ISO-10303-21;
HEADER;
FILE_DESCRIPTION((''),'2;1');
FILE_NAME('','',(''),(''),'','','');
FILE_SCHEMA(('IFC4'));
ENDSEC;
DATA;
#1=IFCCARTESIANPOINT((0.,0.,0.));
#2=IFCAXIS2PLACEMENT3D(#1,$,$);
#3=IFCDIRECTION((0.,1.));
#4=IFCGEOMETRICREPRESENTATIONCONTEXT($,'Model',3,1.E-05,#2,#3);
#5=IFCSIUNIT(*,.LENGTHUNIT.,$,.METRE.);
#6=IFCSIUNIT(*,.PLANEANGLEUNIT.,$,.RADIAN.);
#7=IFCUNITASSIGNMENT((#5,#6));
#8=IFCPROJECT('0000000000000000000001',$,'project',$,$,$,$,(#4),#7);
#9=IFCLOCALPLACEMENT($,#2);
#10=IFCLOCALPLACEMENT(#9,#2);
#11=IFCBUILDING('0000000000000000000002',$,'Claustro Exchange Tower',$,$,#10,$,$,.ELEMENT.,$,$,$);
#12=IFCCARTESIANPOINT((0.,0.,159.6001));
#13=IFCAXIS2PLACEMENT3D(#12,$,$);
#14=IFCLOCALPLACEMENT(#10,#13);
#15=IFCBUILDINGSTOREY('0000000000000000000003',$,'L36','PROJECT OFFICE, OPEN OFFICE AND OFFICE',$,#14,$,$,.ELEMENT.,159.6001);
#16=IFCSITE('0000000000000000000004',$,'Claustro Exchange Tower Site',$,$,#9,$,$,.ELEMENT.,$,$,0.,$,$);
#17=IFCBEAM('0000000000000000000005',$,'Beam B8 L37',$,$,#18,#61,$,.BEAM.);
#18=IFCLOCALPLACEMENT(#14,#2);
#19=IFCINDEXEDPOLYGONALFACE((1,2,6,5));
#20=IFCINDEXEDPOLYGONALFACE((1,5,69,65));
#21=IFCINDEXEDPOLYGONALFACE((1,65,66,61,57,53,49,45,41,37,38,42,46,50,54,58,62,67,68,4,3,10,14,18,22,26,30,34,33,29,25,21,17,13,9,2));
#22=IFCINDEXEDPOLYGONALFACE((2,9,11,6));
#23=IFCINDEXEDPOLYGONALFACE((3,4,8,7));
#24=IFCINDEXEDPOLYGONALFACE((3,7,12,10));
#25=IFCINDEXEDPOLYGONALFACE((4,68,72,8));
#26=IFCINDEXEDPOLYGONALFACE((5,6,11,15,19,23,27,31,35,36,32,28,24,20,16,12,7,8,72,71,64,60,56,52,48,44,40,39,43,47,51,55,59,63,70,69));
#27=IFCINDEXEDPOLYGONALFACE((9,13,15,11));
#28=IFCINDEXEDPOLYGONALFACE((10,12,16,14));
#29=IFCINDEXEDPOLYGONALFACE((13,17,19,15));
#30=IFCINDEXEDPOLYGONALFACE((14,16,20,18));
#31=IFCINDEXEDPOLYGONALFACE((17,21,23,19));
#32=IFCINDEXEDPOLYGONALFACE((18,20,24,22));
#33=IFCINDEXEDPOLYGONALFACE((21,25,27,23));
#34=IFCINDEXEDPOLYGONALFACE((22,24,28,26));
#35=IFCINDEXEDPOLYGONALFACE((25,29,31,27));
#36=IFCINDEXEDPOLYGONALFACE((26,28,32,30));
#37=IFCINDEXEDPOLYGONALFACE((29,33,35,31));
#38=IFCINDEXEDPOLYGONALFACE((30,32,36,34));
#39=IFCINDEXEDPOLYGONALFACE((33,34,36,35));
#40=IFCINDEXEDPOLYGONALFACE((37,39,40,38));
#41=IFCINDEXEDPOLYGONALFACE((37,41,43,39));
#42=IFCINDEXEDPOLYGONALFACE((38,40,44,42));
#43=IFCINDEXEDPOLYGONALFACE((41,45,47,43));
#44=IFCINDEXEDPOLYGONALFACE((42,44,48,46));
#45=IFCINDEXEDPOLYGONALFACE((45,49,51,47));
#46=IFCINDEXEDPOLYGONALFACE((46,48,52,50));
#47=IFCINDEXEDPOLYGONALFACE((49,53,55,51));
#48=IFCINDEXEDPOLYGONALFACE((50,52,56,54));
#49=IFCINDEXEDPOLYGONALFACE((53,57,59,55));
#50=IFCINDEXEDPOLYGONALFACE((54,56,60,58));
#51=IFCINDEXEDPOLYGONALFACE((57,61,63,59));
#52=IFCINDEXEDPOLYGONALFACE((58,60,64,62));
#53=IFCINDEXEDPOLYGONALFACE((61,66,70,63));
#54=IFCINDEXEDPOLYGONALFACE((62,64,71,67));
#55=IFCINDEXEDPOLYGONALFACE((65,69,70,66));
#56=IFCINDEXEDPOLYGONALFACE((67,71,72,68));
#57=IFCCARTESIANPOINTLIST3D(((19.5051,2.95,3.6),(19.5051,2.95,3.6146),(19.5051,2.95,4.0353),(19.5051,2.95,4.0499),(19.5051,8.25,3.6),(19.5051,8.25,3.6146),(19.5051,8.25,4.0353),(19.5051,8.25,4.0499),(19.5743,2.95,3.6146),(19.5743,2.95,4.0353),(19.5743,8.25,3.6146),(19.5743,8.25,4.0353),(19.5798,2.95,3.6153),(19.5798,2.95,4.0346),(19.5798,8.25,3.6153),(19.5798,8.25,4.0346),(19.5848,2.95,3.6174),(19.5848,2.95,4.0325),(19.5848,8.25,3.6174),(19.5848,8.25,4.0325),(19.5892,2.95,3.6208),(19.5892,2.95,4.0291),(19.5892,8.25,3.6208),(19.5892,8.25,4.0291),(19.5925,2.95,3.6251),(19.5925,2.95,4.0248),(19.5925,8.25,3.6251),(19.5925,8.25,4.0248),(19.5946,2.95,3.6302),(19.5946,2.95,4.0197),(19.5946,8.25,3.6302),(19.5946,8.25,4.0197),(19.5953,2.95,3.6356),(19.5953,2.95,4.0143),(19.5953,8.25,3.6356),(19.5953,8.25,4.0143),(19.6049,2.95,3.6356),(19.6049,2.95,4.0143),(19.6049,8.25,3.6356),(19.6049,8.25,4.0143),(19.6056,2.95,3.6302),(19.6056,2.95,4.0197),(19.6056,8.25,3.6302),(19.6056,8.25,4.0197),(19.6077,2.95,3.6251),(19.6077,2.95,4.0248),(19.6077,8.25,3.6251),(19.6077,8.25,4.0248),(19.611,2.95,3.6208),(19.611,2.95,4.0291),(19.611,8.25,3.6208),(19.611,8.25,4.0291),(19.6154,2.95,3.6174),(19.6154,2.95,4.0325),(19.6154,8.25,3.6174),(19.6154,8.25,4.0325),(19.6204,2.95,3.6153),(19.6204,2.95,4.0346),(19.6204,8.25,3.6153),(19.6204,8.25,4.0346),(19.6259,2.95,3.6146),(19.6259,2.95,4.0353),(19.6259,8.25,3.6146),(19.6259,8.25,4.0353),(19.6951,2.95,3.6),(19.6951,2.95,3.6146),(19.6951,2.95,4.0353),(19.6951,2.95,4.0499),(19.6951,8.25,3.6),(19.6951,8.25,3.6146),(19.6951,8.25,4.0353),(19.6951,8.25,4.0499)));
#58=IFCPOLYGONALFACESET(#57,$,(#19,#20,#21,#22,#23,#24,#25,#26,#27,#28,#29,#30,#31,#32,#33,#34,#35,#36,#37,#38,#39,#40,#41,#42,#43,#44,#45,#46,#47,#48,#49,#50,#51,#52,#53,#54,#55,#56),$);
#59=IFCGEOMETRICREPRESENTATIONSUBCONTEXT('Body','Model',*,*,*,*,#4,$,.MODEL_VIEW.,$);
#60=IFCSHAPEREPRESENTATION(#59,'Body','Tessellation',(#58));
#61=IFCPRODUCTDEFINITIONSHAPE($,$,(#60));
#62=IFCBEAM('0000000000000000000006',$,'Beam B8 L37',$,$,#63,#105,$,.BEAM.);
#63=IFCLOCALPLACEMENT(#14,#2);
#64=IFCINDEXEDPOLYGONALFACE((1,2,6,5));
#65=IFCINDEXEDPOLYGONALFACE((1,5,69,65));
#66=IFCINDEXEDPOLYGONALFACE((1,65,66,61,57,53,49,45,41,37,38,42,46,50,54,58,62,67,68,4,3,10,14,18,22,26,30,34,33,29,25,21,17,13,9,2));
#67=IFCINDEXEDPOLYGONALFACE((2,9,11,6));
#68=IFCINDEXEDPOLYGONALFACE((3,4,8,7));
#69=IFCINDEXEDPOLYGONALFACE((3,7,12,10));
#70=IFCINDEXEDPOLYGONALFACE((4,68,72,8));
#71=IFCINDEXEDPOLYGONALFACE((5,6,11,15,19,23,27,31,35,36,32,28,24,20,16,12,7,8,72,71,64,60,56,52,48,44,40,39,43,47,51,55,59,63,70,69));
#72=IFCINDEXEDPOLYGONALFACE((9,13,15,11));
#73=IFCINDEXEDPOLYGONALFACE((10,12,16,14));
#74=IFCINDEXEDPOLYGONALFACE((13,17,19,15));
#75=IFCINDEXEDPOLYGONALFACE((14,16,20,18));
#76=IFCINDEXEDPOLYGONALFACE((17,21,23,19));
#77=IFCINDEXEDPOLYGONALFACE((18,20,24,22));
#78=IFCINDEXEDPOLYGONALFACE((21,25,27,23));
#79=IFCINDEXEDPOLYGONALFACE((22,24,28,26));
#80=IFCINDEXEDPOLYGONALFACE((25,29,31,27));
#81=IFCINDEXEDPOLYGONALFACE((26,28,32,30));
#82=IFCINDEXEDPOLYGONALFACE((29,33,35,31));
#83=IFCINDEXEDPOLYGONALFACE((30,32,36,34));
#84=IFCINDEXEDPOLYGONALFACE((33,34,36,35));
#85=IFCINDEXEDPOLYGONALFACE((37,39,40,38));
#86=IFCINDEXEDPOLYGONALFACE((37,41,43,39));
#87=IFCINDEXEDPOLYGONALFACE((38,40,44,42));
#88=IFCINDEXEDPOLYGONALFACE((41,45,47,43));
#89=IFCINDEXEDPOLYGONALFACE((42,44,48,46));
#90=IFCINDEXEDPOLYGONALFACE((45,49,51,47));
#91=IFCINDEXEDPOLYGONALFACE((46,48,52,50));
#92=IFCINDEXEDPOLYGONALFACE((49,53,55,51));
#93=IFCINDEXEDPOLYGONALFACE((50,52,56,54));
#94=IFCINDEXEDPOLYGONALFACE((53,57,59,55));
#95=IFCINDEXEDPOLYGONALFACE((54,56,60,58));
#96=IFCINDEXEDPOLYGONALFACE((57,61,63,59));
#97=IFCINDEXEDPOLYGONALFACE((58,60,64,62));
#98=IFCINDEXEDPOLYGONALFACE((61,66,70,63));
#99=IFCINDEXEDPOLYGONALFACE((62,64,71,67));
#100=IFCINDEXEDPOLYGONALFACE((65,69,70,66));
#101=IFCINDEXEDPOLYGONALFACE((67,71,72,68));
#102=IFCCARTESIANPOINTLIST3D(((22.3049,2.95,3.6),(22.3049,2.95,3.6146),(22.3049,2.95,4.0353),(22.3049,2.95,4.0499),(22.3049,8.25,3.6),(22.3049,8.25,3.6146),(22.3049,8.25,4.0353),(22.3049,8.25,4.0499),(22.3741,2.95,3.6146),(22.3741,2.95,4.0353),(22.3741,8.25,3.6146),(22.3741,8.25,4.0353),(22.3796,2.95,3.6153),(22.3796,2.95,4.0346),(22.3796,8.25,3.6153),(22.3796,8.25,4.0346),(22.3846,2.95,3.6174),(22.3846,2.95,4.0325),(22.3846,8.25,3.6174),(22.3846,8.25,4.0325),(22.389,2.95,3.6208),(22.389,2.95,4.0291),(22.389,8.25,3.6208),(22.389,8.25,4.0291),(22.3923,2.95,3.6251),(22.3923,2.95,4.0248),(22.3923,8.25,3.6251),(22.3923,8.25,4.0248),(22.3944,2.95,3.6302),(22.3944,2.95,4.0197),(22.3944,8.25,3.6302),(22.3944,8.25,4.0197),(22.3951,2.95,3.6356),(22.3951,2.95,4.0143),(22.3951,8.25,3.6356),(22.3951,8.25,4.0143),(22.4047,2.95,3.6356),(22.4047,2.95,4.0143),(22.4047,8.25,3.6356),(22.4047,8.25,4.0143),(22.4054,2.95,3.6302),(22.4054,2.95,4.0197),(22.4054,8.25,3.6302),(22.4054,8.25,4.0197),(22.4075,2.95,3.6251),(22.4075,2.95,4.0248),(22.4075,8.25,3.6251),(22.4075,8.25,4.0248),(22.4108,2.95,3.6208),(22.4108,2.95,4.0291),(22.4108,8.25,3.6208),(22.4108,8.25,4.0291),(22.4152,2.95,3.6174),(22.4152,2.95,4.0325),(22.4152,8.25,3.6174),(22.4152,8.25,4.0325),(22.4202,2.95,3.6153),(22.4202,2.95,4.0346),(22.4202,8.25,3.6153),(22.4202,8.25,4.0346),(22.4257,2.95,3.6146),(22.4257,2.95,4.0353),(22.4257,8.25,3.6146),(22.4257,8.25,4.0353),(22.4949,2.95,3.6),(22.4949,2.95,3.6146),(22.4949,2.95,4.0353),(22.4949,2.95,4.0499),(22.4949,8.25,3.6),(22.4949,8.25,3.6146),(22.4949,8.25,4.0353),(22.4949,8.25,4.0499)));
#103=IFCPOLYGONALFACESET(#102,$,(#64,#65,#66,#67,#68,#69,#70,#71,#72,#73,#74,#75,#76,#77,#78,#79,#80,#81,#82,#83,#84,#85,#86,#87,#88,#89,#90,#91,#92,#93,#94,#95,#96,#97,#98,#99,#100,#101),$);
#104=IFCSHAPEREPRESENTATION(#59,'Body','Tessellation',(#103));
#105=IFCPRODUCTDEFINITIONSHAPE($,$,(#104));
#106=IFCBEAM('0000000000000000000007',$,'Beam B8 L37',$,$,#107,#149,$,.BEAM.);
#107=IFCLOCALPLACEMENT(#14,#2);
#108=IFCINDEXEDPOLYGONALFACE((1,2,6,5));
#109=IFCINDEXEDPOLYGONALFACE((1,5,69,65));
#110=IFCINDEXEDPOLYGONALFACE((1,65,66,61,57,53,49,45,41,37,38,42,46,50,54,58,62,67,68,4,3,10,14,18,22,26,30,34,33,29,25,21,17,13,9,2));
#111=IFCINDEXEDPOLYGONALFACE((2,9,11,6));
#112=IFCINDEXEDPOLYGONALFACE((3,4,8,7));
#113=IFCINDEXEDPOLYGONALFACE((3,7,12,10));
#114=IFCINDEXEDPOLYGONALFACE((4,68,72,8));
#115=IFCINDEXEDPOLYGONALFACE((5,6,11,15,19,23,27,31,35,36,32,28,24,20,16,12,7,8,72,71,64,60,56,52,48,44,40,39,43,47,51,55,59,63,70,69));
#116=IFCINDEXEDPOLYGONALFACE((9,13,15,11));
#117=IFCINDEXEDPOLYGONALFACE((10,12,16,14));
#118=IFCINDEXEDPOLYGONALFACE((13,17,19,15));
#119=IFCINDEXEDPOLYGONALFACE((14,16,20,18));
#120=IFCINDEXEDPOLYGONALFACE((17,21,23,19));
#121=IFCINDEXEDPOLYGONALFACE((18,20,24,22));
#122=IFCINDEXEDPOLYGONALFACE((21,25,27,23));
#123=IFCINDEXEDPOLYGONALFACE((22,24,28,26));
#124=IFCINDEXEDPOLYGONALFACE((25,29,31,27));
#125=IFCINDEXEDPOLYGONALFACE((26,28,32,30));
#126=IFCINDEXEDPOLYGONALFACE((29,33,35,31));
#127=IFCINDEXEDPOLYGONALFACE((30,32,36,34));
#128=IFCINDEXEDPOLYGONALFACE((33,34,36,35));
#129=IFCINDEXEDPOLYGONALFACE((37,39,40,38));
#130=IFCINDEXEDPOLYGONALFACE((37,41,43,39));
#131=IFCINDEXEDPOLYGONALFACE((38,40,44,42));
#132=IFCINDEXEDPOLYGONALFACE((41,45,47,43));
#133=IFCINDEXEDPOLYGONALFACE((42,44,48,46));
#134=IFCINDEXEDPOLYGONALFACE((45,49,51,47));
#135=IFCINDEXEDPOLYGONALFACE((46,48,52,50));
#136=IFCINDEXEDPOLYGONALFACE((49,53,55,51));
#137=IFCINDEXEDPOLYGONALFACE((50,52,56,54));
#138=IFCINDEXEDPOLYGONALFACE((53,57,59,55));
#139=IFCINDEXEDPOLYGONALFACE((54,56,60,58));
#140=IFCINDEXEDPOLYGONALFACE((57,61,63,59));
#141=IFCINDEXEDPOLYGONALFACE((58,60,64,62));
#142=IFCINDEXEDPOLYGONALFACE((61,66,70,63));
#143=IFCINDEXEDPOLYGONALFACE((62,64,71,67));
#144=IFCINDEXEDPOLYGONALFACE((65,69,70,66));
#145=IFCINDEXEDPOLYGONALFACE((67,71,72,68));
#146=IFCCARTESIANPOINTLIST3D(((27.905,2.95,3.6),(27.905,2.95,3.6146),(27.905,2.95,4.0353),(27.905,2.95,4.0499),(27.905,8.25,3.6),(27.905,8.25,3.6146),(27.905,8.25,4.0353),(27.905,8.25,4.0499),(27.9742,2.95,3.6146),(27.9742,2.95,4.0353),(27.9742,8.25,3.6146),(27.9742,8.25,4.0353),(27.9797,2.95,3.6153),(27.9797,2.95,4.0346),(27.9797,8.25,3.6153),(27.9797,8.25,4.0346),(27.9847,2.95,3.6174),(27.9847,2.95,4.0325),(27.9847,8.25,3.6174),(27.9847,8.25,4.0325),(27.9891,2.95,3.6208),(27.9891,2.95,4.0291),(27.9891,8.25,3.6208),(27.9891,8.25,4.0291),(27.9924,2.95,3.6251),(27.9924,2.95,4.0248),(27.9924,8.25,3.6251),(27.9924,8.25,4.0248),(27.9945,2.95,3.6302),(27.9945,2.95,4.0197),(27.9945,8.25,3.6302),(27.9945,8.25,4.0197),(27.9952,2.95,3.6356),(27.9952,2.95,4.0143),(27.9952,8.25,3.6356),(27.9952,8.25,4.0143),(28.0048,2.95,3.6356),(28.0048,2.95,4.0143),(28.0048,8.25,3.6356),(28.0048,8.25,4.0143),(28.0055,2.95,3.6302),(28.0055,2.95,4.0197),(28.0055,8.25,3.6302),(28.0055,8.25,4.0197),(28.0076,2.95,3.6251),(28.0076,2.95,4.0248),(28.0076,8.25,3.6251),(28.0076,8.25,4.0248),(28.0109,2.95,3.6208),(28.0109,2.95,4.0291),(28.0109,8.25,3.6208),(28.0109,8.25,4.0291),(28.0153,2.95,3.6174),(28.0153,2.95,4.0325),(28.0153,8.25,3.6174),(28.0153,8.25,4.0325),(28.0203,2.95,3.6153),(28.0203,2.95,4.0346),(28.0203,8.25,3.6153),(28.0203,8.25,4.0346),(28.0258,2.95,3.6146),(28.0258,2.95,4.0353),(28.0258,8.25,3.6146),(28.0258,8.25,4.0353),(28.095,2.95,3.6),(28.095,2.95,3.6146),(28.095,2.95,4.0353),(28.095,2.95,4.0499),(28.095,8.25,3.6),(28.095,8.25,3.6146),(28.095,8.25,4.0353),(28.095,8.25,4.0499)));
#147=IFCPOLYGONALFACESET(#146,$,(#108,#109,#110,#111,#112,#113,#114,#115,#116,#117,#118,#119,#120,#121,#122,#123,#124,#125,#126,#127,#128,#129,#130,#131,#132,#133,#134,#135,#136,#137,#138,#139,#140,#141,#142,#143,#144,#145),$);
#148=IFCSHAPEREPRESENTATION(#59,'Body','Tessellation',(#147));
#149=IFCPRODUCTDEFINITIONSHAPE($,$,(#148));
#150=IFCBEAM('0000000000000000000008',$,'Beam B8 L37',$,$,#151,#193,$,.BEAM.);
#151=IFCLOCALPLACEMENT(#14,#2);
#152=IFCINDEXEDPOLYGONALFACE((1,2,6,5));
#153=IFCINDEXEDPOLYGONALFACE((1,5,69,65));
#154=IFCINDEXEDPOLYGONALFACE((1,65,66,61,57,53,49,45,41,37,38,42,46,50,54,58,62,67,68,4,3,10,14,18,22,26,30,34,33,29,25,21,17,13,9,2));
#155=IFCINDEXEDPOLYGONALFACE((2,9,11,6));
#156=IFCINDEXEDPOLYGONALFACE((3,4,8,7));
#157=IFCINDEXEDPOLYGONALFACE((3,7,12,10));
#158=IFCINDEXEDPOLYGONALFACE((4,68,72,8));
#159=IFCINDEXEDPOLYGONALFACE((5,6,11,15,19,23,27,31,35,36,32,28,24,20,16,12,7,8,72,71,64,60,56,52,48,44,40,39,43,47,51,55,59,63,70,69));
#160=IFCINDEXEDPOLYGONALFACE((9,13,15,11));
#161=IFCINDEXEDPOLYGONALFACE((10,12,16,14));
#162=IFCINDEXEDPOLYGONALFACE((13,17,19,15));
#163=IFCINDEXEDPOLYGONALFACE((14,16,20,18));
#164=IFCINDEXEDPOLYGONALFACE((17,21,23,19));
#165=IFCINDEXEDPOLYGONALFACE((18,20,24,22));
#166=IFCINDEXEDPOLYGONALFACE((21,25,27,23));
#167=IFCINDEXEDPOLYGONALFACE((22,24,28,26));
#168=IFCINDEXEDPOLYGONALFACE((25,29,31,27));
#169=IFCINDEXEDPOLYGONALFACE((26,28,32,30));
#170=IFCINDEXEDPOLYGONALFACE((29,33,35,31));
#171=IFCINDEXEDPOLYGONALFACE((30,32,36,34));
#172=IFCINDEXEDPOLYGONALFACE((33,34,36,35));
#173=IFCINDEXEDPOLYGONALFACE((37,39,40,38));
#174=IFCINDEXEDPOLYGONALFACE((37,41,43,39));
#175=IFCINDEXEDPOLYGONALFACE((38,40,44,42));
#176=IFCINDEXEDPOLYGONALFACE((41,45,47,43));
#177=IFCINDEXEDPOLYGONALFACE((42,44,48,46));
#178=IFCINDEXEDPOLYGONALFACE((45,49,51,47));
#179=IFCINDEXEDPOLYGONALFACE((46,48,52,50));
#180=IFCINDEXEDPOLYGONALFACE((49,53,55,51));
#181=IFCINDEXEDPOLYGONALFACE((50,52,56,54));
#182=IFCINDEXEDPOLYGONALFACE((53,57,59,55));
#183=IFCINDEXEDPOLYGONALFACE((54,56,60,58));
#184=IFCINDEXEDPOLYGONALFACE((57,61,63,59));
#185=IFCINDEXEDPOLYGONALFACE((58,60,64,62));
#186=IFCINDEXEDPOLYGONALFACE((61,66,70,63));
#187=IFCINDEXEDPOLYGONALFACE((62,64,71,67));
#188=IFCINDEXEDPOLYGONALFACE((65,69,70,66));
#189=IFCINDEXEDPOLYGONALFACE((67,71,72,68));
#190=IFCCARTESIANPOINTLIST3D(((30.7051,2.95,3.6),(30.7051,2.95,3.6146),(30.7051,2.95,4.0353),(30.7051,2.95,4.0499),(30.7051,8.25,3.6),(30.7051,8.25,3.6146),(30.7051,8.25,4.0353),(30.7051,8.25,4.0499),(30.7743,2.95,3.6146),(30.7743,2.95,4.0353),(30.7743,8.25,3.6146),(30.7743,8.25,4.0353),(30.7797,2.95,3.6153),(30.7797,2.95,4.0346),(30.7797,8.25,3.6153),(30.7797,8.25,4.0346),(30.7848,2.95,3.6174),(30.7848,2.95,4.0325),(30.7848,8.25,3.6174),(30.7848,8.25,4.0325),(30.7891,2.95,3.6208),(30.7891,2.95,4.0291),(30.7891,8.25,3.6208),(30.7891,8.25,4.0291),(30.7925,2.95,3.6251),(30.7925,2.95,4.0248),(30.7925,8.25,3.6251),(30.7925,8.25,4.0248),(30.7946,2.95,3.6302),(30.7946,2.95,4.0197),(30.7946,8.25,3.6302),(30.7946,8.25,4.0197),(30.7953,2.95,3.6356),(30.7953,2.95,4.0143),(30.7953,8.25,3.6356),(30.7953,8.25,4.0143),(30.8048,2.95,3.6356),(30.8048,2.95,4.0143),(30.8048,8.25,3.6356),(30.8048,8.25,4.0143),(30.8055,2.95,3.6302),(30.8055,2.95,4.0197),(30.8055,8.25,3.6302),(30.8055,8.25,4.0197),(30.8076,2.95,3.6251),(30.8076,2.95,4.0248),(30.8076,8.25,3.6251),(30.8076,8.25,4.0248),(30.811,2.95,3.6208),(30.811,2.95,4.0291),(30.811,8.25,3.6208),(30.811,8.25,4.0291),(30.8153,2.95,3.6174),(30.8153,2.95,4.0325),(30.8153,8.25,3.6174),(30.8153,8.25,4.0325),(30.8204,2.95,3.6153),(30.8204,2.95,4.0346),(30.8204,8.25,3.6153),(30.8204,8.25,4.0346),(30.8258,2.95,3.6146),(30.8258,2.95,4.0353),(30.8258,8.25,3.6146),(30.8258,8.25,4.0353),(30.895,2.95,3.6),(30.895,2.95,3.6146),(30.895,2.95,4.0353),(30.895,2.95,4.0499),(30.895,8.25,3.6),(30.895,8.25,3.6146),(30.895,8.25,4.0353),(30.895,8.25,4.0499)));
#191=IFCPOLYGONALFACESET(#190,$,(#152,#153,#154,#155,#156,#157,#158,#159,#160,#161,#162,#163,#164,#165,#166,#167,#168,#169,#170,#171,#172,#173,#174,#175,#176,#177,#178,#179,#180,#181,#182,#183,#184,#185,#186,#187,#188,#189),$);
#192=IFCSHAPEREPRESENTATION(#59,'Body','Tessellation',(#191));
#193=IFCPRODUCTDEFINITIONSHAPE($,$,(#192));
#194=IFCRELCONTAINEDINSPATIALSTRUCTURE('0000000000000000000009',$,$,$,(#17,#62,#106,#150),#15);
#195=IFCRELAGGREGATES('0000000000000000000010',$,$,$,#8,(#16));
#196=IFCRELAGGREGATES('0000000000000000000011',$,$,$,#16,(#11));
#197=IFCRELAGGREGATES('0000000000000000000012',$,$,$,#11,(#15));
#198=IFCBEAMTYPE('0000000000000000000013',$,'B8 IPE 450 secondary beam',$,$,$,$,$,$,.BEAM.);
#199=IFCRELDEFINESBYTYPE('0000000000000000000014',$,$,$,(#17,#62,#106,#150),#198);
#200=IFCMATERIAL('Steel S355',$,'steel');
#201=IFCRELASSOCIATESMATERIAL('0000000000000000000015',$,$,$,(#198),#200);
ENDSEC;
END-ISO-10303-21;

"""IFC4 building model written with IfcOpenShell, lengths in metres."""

from ifc_helpers import new_model, si_unit, direction, frame, origin, origin_2d, place, context, subcontext, project, spatial, i_section, extrude, material, material_profile, profile_set, type_object, element, save


model = new_model("IFC4")

# Units and contexts
model_context = context("Model", 3, precision=1e-05, world=origin(), true_north=direction((0.0, 1.0)))
body_context = subcontext(model_context, "Body", "Model", "MODEL_VIEW")
ifc_project = project(units=[si_unit("LENGTHUNIT", "METRE"), si_unit("PLANEANGLEUNIT", "RADIAN")], contexts=[model_context])

# Site, building, storey
site_placement = place(None, origin())
site = spatial("IfcSite", under=ifc_project, at=site_placement, Name="Claustro Exchange Tower Site", CompositionType="ELEMENT", RefElevation=0.0)
building_placement = place(site_placement, origin())
building = spatial("IfcBuilding", under=site, at=building_placement, Name="Claustro Exchange Tower", CompositionType="ELEMENT")
storey_placement = place(building_placement, frame((0.0, 0.0, 159.6001)))
storey = spatial("IfcBuildingStorey", under=building, at=storey_placement, Name="L36", Description="PROJECT OFFICE, OPEN OFFICE AND OFFICE", CompositionType="ELEMENT", Elevation=159.6001)

# Beams
ifc_material_1 = material(Name="Steel S355", Category="steel")
ifc_material_profile_1 = material_profile(ifc_material_1, i_section(OverallWidth=0.1899, OverallDepth=0.45, WebThickness=0.0095, FlangeThickness=0.0146, FilletRadius=0.021, at=origin_2d()), Name="IPE 450")
ifc_profile_set_1 = profile_set([ifc_material_profile_1], Name="Steel S355")
beam_type_1 = type_object("IfcBeamType", Name="B8 IPE 450 secondary beam", PredefinedType="BEAM", material=ifc_profile_set_1)
for number, where, z_axis, x_axis, name in (
    (1, (19.6001, 2.95, 3.825), (0.0, 1.0, 0.0), (-1.0, 0.0, 0.0), "Beam B8 L37"),
    (2, (22.3999, 2.95, 3.825), (0.0, 1.0, 0.0), (-1.0, 0.0, 0.0), "Beam B8 L37"),
    (3, (28.0, 2.95, 3.825), (0.0, 1.0, 0.0), (-1.0, 0.0, 0.0), "Beam B8 L37"),
    (4, (30.8, 2.95, 3.825), (0.0, 1.0, 0.0), (-1.0, 0.0, 0.0), "Beam B8 L37"),
):
    element("IfcBeam", number, at=place(storey_placement, frame(where, z_axis=z_axis, x_axis=x_axis)), inside=storey, type_object=beam_type_1, Name=name, PredefinedType="BEAM", context=body_context, shape_type="SweptSolid", body=[
        extrude(i_section(OverallWidth=0.1899, OverallDepth=0.45, WebThickness=0.0095, FlangeThickness=0.0146, FilletRadius=0.021, at=origin_2d()), origin(), (0.0, 0.0, 1.0), 5.3),
    ])

save(model, "model.ifc")
